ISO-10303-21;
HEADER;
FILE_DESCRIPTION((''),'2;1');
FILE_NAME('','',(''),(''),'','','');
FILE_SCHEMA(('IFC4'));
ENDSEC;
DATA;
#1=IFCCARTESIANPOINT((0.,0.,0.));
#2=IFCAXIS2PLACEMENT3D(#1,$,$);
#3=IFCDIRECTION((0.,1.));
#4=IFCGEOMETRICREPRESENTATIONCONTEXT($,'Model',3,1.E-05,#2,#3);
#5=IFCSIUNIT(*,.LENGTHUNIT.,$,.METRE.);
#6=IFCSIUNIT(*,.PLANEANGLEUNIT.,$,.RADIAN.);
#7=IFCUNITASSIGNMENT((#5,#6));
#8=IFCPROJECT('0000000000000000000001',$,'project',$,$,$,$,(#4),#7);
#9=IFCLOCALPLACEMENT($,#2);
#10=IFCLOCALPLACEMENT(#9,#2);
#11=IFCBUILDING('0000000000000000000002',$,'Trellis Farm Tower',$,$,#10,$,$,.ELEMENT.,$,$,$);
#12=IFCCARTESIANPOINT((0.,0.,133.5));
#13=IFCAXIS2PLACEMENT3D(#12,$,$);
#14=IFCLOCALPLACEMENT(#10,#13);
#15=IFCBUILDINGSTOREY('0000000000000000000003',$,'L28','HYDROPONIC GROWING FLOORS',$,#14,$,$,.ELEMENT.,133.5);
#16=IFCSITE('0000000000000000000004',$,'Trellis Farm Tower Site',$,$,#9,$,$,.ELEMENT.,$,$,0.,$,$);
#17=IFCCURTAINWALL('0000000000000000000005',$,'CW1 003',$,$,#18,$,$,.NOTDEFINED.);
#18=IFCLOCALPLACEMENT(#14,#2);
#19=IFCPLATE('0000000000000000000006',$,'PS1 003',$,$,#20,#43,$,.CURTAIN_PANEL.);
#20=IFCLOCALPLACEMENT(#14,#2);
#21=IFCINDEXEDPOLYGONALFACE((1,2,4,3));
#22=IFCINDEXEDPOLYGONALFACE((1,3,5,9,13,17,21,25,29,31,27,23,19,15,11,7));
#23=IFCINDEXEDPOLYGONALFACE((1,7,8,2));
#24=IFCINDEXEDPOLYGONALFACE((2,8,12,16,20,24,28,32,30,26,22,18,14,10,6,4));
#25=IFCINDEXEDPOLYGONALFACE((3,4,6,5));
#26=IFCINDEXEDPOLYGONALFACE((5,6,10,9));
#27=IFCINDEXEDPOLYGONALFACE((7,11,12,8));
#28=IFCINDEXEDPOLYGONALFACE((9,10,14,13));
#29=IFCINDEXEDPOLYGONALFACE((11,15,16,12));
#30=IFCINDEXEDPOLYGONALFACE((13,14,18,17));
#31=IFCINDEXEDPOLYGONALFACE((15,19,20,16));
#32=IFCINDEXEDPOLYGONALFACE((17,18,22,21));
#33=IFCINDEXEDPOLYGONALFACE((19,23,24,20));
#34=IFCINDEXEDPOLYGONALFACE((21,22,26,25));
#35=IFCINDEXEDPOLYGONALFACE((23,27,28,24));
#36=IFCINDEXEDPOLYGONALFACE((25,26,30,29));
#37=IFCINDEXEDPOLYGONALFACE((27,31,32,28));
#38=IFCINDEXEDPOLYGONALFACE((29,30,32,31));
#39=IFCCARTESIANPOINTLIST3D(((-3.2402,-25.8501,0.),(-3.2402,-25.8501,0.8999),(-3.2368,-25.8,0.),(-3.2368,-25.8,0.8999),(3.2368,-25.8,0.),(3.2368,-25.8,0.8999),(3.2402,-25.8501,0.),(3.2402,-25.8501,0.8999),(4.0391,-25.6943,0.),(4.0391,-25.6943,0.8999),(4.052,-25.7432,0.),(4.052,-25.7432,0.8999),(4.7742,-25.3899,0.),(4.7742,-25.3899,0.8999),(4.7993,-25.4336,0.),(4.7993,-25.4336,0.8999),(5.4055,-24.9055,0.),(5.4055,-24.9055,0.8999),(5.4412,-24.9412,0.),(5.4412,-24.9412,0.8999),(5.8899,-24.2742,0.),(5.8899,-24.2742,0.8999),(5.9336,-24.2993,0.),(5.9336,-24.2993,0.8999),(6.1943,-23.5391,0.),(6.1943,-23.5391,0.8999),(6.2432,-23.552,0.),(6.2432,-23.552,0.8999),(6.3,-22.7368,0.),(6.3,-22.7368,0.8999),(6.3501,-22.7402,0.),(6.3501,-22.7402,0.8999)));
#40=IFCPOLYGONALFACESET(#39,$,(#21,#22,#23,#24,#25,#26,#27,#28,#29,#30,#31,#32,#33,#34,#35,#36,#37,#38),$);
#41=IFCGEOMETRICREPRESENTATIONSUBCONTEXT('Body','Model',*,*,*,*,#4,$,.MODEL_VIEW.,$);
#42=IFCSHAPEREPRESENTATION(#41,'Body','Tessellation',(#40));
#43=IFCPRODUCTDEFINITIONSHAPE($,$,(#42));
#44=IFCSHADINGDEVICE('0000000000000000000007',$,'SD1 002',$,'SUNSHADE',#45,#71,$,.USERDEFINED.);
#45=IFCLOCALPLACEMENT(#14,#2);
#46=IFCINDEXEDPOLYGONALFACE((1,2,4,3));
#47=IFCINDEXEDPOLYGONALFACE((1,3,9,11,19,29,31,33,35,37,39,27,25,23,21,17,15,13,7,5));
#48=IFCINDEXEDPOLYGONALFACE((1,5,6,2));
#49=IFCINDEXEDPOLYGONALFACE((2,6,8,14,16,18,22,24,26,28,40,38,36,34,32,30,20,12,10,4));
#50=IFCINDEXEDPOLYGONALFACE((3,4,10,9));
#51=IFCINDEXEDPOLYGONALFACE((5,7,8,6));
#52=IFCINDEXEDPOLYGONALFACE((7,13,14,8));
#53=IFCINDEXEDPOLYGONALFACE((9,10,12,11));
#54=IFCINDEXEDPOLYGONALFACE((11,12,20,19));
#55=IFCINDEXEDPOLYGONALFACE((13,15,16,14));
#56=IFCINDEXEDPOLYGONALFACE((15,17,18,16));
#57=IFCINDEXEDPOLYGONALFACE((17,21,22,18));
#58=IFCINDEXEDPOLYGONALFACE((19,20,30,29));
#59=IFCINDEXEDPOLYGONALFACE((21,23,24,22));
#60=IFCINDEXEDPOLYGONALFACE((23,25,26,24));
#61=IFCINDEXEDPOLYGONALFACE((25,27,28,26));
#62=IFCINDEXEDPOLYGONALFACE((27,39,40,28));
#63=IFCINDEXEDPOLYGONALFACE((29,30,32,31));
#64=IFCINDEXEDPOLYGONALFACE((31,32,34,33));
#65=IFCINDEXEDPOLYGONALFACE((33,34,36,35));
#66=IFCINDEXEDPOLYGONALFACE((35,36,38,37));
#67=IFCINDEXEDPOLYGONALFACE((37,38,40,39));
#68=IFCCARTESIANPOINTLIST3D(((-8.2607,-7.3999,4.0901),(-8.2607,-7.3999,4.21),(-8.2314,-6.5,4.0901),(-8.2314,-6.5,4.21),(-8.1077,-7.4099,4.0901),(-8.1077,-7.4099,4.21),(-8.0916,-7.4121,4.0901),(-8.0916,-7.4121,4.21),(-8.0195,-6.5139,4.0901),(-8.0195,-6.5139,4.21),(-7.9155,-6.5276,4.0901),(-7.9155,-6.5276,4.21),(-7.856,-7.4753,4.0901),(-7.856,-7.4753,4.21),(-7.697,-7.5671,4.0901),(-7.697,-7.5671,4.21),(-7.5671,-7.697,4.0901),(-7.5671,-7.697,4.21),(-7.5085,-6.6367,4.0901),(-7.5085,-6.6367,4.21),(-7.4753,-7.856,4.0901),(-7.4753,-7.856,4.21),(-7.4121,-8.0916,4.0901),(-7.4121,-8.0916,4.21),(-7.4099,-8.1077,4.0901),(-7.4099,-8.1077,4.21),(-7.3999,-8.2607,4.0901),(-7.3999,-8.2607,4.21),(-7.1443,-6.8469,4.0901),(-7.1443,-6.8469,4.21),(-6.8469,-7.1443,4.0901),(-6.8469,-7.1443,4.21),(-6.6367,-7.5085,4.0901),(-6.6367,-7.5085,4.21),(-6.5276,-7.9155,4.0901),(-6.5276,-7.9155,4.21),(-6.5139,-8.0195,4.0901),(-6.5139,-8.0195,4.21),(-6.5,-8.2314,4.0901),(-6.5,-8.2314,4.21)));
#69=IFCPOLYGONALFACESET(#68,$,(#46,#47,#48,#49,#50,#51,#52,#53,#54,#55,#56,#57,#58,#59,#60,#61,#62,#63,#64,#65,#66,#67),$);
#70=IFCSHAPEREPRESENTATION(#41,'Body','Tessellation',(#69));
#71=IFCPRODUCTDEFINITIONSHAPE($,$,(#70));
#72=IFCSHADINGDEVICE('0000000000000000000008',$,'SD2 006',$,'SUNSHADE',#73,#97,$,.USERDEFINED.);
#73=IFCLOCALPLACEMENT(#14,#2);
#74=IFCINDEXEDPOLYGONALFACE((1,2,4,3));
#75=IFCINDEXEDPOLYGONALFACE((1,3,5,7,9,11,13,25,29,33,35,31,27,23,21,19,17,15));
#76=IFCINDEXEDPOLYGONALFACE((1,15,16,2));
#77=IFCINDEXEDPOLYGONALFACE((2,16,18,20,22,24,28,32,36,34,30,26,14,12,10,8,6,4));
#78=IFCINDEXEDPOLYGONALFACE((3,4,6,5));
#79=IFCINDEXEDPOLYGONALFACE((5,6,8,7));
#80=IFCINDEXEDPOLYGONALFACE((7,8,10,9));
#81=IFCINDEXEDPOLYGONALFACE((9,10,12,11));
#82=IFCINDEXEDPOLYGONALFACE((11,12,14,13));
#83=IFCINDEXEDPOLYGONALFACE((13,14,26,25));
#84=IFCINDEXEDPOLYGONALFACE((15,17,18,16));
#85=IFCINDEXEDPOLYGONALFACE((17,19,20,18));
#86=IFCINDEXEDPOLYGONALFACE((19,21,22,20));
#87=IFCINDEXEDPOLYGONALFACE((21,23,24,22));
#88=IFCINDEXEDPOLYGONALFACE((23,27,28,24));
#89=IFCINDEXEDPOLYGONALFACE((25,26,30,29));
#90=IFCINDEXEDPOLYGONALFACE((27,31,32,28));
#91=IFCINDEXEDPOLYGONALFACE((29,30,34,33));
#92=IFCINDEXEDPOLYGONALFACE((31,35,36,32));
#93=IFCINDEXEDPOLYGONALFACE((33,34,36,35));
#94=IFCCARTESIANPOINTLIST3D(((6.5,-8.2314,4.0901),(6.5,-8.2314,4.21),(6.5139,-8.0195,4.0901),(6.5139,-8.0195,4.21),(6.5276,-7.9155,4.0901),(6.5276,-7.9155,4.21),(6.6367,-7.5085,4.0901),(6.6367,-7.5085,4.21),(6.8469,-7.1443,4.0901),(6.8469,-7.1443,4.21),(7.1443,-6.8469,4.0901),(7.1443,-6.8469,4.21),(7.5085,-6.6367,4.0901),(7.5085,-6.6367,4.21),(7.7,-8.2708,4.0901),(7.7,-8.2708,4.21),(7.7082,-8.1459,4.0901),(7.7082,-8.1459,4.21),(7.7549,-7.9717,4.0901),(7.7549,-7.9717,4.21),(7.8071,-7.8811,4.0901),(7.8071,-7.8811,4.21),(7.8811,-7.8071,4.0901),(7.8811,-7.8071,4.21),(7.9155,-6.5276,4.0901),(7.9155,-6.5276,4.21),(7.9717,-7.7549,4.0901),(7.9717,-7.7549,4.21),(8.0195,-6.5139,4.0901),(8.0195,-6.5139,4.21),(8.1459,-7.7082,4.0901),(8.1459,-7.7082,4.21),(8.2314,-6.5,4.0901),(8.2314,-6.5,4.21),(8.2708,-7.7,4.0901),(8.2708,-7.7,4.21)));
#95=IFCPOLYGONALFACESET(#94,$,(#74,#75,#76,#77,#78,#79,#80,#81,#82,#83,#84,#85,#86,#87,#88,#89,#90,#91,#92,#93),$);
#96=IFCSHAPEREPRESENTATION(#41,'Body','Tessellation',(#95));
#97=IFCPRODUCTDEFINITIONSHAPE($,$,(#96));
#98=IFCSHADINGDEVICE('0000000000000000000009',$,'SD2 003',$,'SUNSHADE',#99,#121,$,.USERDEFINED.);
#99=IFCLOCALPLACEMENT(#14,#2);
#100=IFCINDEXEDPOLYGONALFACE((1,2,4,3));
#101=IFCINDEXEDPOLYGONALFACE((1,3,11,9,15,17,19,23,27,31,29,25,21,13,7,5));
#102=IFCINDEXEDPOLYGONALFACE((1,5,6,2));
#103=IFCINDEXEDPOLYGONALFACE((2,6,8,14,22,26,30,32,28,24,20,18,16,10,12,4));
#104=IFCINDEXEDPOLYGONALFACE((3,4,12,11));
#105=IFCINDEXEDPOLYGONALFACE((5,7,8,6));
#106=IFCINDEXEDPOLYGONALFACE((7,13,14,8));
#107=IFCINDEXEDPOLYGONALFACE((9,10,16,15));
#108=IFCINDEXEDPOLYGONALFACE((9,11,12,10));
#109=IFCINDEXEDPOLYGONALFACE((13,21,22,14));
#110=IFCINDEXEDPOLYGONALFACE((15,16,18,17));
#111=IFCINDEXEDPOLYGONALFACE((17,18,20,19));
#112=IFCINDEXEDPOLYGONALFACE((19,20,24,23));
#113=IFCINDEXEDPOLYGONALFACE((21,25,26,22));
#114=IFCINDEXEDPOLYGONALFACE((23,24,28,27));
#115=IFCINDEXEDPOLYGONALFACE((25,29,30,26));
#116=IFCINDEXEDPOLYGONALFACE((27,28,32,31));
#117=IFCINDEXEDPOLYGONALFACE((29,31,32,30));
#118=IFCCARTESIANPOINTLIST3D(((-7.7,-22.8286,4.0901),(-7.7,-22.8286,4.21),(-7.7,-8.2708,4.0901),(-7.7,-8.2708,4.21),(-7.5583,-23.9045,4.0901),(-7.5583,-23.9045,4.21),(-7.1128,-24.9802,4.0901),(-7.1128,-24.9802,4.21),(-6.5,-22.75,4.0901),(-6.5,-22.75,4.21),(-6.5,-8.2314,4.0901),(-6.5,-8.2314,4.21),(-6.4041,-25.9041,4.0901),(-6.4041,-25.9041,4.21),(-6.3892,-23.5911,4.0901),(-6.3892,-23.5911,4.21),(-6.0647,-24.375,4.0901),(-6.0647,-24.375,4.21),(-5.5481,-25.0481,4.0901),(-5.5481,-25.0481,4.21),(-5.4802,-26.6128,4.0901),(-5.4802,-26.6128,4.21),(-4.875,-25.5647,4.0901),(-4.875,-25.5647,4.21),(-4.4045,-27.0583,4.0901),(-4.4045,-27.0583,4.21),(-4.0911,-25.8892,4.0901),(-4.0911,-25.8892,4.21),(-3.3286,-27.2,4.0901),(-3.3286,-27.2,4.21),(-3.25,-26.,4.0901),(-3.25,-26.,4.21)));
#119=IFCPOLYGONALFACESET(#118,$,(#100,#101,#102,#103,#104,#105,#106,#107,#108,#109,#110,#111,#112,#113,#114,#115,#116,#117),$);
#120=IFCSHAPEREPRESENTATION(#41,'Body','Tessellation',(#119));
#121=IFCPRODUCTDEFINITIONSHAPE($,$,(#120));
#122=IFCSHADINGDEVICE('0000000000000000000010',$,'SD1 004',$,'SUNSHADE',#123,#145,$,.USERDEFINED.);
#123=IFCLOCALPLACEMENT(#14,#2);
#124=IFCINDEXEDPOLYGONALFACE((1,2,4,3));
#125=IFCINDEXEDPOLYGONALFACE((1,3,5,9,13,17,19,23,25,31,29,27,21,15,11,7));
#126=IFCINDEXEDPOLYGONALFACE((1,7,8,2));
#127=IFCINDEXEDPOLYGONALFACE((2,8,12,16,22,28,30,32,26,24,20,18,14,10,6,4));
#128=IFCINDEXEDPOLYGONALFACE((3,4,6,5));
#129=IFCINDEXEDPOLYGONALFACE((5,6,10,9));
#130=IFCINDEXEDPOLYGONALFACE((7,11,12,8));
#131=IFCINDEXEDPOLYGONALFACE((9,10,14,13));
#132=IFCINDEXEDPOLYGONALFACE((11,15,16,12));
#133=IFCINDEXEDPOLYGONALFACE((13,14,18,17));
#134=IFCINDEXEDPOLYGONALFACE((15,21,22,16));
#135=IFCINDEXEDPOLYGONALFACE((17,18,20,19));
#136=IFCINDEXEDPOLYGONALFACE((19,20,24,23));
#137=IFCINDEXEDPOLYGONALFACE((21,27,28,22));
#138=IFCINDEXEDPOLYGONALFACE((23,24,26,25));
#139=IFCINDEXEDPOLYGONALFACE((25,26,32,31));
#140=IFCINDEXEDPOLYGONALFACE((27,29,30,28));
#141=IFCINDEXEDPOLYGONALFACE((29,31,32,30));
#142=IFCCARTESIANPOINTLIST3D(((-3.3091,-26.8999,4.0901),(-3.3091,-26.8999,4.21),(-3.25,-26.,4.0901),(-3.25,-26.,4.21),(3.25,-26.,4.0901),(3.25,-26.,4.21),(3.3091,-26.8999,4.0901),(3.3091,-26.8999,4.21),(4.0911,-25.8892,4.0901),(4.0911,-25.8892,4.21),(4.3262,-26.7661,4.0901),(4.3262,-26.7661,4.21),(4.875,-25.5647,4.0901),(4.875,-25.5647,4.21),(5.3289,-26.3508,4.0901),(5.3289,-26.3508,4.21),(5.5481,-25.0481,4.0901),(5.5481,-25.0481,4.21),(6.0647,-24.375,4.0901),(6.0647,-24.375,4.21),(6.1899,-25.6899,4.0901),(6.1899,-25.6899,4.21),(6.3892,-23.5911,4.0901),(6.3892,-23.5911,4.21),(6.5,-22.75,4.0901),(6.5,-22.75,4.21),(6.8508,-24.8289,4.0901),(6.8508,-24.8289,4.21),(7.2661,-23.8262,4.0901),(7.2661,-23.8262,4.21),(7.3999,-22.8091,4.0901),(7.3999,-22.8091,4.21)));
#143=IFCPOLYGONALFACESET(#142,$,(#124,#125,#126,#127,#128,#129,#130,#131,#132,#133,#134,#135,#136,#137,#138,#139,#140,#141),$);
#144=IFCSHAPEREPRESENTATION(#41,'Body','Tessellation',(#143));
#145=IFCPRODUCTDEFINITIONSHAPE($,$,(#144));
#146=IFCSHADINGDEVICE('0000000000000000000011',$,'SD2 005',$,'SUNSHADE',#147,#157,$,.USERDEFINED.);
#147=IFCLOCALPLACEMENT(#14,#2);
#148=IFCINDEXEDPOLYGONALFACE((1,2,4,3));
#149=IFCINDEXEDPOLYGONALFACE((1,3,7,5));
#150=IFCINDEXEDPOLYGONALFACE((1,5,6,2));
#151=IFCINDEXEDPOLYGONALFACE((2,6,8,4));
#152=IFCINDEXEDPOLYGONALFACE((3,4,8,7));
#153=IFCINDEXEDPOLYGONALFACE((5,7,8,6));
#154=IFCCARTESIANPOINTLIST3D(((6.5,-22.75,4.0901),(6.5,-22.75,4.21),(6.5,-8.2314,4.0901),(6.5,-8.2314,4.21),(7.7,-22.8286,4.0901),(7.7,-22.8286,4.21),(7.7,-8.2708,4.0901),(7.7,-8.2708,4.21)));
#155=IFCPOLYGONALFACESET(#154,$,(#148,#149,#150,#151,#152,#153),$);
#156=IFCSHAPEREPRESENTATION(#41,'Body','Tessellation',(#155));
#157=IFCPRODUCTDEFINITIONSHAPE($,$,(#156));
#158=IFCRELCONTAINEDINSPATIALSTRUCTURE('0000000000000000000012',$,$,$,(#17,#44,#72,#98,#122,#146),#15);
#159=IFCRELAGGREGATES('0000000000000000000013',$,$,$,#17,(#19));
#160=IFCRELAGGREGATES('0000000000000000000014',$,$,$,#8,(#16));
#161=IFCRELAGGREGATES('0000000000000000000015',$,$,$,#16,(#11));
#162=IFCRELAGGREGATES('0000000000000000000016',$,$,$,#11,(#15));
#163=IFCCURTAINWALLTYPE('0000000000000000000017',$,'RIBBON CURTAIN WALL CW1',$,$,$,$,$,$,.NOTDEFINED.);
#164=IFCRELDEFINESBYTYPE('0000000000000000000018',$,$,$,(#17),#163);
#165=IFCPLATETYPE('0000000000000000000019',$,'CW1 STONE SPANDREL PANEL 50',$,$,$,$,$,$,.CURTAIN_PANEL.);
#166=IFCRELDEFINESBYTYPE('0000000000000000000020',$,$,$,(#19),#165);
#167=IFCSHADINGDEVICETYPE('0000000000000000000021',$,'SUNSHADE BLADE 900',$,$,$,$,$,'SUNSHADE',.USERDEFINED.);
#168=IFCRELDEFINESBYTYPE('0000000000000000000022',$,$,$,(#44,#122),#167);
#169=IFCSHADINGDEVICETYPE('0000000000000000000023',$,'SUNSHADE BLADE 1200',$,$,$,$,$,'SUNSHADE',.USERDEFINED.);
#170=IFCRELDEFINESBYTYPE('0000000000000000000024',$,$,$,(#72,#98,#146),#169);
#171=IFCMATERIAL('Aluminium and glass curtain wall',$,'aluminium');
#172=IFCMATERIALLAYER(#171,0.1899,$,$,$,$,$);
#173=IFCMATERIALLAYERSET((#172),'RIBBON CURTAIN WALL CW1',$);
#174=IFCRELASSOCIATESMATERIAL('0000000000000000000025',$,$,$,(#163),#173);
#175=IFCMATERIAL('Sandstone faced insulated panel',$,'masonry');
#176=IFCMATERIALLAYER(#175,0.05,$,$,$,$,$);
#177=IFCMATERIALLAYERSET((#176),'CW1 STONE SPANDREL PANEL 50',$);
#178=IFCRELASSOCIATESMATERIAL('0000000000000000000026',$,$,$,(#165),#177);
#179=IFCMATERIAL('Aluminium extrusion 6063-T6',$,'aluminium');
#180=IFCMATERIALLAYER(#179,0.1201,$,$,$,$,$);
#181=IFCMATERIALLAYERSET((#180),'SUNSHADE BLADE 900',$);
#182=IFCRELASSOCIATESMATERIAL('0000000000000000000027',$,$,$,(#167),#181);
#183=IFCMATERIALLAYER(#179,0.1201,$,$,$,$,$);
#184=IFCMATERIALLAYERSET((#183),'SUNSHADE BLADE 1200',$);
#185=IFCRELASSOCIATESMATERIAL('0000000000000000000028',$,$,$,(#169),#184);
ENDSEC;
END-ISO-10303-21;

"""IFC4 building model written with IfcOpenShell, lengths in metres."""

from ifc_helpers import new_model, si_unit, direction, frame, origin, place, context, subcontext, project, spatial, polyline, outline, extrude, source, transform, mapped, material, layer, layer_set, type_object, element, aggregate, save


model = new_model("IFC4")

# Units and contexts
model_context = context("Model", 3, precision=1e-05, world=origin(), true_north=direction((0.0, 1.0)))
body_context = subcontext(model_context, "Body", "Model", "MODEL_VIEW")
ifc_project = project(units=[si_unit("LENGTHUNIT", "METRE"), si_unit("PLANEANGLEUNIT", "RADIAN")], contexts=[model_context])

# Site, building, storey
site_placement = place(None, origin())
site = spatial("IfcSite", under=ifc_project, at=site_placement, Name="Trellis Farm Tower Site", CompositionType="ELEMENT", RefElevation=0.0)
building_placement = place(site_placement, origin())
building = spatial("IfcBuilding", under=site, at=building_placement, Name="Trellis Farm Tower", CompositionType="ELEMENT")
storey_placement = place(building_placement, frame((0.0, 0.0, 133.5)))
storey = spatial("IfcBuildingStorey", under=building, at=storey_placement, Name="L28", Description="HYDROPONIC GROWING FLOORS", CompositionType="ELEMENT", Elevation=133.5)

# Curtain wall
ifc_material_1 = material(Name="Aluminium and glass curtain wall", Category="aluminium")
placement_1 = place(storey_placement, origin())
ifc_material_2 = material(Name="Aluminium extrusion 6063-T6", Category="aluminium")
ifc_layer_1 = layer(ifc_material_1, 0.1899)
ifc_layer_set_1 = layer_set([ifc_layer_1], Name="RIBBON CURTAIN WALL CW1")
curtain_wall_type_1 = type_object("IfcCurtainWallType", Name="RIBBON CURTAIN WALL CW1", PredefinedType="NOTDEFINED", material=ifc_layer_set_1)
curtain_wall_1 = element("IfcCurtainWall", 1, at=placement_1, inside=storey, type_object=curtain_wall_type_1, Name="CW1 003", PredefinedType="NOTDEFINED")

# Plate
ifc_material_3 = material(Name="Sandstone faced insulated panel", Category="masonry")
ifc_layer_2 = layer(ifc_material_3, 0.05)
ifc_layer_set_2 = layer_set([ifc_layer_2], Name="CW1 STONE SPANDREL PANEL 50")
plate_type_1 = type_object("IfcPlateType", Name="CW1 STONE SPANDREL PANEL 50", PredefinedType="CURTAIN_PANEL", material=ifc_layer_set_2)
shared_shape_1 = source(origin(), body_context, "Body", "SweptSolid", [
    extrude(outline(polyline([(-3.2402, -25.8501), (3.2402, -25.8501), (4.052, -25.7432), (4.7993, -25.4336), (5.4412, -24.9412), (5.9336, -24.2993), (6.2432, -23.552), (6.3501, -22.7402), (6.3, -22.7368), (6.1943, -23.5391), (5.8899, -24.2742), (5.4055, -24.9055), (4.7742, -25.3899), (4.0391, -25.6943), (3.2368, -25.8), (-3.2368, -25.8), (-3.2402, -25.8501)])), origin(), (0.0, 0.0, 1.0), 0.8999),
])
plate_1 = element("IfcPlate", 2, at=placement_1, type_object=plate_type_1, Name="PS1 003", PredefinedType="CURTAIN_PANEL", context=body_context, shape_type="MappedRepresentation", body=[
    mapped(shared_shape_1, transform((0.0, 0.0, 0.0))),
])
aggregate(curtain_wall_1, [plate_1])

# Shading devices
ifc_layer_3 = layer(ifc_material_2, 0.1201)
ifc_layer_set_3 = layer_set([ifc_layer_3], Name="SUNSHADE BLADE 900")
shading_device_type_1 = type_object("IfcShadingDeviceType", Name="SUNSHADE BLADE 900", ElementType="SUNSHADE", PredefinedType="USERDEFINED", material=ifc_layer_set_3)
shared_shape_2 = source(origin(), body_context, "Body", "SweptSolid", [
    extrude(outline(polyline([(-8.2607, -7.3999), (-8.1077, -7.4099), (-8.0916, -7.4121), (-7.856, -7.4753), (-7.697, -7.5671), (-7.5671, -7.697), (-7.4753, -7.856), (-7.4121, -8.0916), (-7.4099, -8.1077), (-7.3999, -8.2607), (-6.5, -8.2314), (-6.5139, -8.0195), (-6.5276, -7.9155), (-6.6367, -7.5085), (-6.8469, -7.1443), (-7.1443, -6.8469), (-7.5085, -6.6367), (-7.9155, -6.5276), (-8.0195, -6.5139), (-8.2314, -6.5), (-8.2607, -7.3999)])), origin(), (0.0, 0.0, 1.0), 0.1199),
])
placement_2 = place(storey_placement, frame((0.0, 0.0, 4.0901)))
element("IfcShadingDevice", 3, at=placement_2, inside=storey, type_object=shading_device_type_1, Name="SD1 002", ObjectType="SUNSHADE", PredefinedType="USERDEFINED", context=body_context, shape_type="MappedRepresentation", body=[
    mapped(shared_shape_2, transform((0.0, 0.0, 0.0))),
])
ifc_layer_4 = layer(ifc_material_2, 0.1201)
ifc_layer_set_4 = layer_set([ifc_layer_4], Name="SUNSHADE BLADE 1200")
shading_device_type_2 = type_object("IfcShadingDeviceType", Name="SUNSHADE BLADE 1200", ElementType="SUNSHADE", PredefinedType="USERDEFINED", material=ifc_layer_set_4)
shared_shape_3 = source(origin(), body_context, "Body", "SweptSolid", [
    extrude(outline(polyline([(7.7, -8.2708), (7.7087, -8.1372), (7.707, -8.1501), (7.7549, -7.9717), (7.8071, -7.8811), (7.8811, -7.8071), (7.9717, -7.7549), (8.1501, -7.707), (8.1372, -7.7087), (8.2708, -7.7), (8.2314, -6.5), (8.0195, -6.5139), (7.9155, -6.5276), (7.5085, -6.6367), (7.1443, -6.8469), (6.8469, -7.1443), (6.6367, -7.5085), (6.5276, -7.9155), (6.5139, -8.0195), (6.5, -8.2314), (7.7, -8.2708)])), origin(), (0.0, 0.0, 1.0), 0.1199),
])
element("IfcShadingDevice", 4, at=placement_2, inside=storey, type_object=shading_device_type_2, Name="SD2 006", ObjectType="SUNSHADE", PredefinedType="USERDEFINED", context=body_context, shape_type="MappedRepresentation", body=[
    mapped(shared_shape_3, transform((0.0, 0.0, 0.0))),
])
shared_shape_4 = source(origin(), body_context, "Body", "SweptSolid", [
    extrude(outline(polyline([(-7.7, -8.2708), (-7.7, -22.8286), (-7.5583, -23.9045), (-7.1128, -24.9802), (-6.4041, -25.9041), (-5.4802, -26.6128), (-4.4045, -27.0583), (-3.3286, -27.2), (-3.25, -26.0), (-4.0911, -25.8892), (-4.875, -25.5647), (-5.5481, -25.0481), (-6.0647, -24.375), (-6.3892, -23.5911), (-6.5, -22.75), (-6.5, -8.2314), (-7.7, -8.2708)])), origin(), (0.0, 0.0, 1.0), 0.1199),
])
element("IfcShadingDevice", 5, at=placement_2, inside=storey, type_object=shading_device_type_2, Name="SD2 003", ObjectType="SUNSHADE", PredefinedType="USERDEFINED", context=body_context, shape_type="MappedRepresentation", body=[
    mapped(shared_shape_4, transform((0.0, 0.0, 0.0))),
])
shared_shape_5 = source(origin(), body_context, "Body", "SweptSolid", [
    extrude(outline(polyline([(-3.3091, -26.8999), (3.3091, -26.8999), (4.3262, -26.7661), (5.3289, -26.3508), (6.1899, -25.6899), (6.8508, -24.8289), (7.2661, -23.8262), (7.3999, -22.8091), (6.5, -22.75), (6.3892, -23.5911), (6.0647, -24.375), (5.5481, -25.0481), (4.875, -25.5647), (4.0911, -25.8892), (3.25, -26.0), (-3.25, -26.0), (-3.3091, -26.8999)])), origin(), (0.0, 0.0, 1.0), 0.1199),
])
element("IfcShadingDevice", 6, at=placement_2, inside=storey, type_object=shading_device_type_1, Name="SD1 004", ObjectType="SUNSHADE", PredefinedType="USERDEFINED", context=body_context, shape_type="MappedRepresentation", body=[
    mapped(shared_shape_5, transform((0.0, 0.0, 0.0))),
])
shared_shape_6 = source(origin(), body_context, "Body", "SweptSolid", [
    extrude(outline(polyline([(7.7, -22.8286), (7.7, -8.2708), (6.5, -8.2314), (6.5, -22.75), (7.7, -22.8286)])), origin(), (0.0, 0.0, 1.0), 0.1199),
])
element("IfcShadingDevice", 7, at=placement_2, inside=storey, type_object=shading_device_type_2, Name="SD2 005", ObjectType="SUNSHADE", PredefinedType="USERDEFINED", context=body_context, shape_type="MappedRepresentation", body=[
    mapped(shared_shape_6, transform((0.0, 0.0, 0.0))),
])

save(model, "model.ifc")
